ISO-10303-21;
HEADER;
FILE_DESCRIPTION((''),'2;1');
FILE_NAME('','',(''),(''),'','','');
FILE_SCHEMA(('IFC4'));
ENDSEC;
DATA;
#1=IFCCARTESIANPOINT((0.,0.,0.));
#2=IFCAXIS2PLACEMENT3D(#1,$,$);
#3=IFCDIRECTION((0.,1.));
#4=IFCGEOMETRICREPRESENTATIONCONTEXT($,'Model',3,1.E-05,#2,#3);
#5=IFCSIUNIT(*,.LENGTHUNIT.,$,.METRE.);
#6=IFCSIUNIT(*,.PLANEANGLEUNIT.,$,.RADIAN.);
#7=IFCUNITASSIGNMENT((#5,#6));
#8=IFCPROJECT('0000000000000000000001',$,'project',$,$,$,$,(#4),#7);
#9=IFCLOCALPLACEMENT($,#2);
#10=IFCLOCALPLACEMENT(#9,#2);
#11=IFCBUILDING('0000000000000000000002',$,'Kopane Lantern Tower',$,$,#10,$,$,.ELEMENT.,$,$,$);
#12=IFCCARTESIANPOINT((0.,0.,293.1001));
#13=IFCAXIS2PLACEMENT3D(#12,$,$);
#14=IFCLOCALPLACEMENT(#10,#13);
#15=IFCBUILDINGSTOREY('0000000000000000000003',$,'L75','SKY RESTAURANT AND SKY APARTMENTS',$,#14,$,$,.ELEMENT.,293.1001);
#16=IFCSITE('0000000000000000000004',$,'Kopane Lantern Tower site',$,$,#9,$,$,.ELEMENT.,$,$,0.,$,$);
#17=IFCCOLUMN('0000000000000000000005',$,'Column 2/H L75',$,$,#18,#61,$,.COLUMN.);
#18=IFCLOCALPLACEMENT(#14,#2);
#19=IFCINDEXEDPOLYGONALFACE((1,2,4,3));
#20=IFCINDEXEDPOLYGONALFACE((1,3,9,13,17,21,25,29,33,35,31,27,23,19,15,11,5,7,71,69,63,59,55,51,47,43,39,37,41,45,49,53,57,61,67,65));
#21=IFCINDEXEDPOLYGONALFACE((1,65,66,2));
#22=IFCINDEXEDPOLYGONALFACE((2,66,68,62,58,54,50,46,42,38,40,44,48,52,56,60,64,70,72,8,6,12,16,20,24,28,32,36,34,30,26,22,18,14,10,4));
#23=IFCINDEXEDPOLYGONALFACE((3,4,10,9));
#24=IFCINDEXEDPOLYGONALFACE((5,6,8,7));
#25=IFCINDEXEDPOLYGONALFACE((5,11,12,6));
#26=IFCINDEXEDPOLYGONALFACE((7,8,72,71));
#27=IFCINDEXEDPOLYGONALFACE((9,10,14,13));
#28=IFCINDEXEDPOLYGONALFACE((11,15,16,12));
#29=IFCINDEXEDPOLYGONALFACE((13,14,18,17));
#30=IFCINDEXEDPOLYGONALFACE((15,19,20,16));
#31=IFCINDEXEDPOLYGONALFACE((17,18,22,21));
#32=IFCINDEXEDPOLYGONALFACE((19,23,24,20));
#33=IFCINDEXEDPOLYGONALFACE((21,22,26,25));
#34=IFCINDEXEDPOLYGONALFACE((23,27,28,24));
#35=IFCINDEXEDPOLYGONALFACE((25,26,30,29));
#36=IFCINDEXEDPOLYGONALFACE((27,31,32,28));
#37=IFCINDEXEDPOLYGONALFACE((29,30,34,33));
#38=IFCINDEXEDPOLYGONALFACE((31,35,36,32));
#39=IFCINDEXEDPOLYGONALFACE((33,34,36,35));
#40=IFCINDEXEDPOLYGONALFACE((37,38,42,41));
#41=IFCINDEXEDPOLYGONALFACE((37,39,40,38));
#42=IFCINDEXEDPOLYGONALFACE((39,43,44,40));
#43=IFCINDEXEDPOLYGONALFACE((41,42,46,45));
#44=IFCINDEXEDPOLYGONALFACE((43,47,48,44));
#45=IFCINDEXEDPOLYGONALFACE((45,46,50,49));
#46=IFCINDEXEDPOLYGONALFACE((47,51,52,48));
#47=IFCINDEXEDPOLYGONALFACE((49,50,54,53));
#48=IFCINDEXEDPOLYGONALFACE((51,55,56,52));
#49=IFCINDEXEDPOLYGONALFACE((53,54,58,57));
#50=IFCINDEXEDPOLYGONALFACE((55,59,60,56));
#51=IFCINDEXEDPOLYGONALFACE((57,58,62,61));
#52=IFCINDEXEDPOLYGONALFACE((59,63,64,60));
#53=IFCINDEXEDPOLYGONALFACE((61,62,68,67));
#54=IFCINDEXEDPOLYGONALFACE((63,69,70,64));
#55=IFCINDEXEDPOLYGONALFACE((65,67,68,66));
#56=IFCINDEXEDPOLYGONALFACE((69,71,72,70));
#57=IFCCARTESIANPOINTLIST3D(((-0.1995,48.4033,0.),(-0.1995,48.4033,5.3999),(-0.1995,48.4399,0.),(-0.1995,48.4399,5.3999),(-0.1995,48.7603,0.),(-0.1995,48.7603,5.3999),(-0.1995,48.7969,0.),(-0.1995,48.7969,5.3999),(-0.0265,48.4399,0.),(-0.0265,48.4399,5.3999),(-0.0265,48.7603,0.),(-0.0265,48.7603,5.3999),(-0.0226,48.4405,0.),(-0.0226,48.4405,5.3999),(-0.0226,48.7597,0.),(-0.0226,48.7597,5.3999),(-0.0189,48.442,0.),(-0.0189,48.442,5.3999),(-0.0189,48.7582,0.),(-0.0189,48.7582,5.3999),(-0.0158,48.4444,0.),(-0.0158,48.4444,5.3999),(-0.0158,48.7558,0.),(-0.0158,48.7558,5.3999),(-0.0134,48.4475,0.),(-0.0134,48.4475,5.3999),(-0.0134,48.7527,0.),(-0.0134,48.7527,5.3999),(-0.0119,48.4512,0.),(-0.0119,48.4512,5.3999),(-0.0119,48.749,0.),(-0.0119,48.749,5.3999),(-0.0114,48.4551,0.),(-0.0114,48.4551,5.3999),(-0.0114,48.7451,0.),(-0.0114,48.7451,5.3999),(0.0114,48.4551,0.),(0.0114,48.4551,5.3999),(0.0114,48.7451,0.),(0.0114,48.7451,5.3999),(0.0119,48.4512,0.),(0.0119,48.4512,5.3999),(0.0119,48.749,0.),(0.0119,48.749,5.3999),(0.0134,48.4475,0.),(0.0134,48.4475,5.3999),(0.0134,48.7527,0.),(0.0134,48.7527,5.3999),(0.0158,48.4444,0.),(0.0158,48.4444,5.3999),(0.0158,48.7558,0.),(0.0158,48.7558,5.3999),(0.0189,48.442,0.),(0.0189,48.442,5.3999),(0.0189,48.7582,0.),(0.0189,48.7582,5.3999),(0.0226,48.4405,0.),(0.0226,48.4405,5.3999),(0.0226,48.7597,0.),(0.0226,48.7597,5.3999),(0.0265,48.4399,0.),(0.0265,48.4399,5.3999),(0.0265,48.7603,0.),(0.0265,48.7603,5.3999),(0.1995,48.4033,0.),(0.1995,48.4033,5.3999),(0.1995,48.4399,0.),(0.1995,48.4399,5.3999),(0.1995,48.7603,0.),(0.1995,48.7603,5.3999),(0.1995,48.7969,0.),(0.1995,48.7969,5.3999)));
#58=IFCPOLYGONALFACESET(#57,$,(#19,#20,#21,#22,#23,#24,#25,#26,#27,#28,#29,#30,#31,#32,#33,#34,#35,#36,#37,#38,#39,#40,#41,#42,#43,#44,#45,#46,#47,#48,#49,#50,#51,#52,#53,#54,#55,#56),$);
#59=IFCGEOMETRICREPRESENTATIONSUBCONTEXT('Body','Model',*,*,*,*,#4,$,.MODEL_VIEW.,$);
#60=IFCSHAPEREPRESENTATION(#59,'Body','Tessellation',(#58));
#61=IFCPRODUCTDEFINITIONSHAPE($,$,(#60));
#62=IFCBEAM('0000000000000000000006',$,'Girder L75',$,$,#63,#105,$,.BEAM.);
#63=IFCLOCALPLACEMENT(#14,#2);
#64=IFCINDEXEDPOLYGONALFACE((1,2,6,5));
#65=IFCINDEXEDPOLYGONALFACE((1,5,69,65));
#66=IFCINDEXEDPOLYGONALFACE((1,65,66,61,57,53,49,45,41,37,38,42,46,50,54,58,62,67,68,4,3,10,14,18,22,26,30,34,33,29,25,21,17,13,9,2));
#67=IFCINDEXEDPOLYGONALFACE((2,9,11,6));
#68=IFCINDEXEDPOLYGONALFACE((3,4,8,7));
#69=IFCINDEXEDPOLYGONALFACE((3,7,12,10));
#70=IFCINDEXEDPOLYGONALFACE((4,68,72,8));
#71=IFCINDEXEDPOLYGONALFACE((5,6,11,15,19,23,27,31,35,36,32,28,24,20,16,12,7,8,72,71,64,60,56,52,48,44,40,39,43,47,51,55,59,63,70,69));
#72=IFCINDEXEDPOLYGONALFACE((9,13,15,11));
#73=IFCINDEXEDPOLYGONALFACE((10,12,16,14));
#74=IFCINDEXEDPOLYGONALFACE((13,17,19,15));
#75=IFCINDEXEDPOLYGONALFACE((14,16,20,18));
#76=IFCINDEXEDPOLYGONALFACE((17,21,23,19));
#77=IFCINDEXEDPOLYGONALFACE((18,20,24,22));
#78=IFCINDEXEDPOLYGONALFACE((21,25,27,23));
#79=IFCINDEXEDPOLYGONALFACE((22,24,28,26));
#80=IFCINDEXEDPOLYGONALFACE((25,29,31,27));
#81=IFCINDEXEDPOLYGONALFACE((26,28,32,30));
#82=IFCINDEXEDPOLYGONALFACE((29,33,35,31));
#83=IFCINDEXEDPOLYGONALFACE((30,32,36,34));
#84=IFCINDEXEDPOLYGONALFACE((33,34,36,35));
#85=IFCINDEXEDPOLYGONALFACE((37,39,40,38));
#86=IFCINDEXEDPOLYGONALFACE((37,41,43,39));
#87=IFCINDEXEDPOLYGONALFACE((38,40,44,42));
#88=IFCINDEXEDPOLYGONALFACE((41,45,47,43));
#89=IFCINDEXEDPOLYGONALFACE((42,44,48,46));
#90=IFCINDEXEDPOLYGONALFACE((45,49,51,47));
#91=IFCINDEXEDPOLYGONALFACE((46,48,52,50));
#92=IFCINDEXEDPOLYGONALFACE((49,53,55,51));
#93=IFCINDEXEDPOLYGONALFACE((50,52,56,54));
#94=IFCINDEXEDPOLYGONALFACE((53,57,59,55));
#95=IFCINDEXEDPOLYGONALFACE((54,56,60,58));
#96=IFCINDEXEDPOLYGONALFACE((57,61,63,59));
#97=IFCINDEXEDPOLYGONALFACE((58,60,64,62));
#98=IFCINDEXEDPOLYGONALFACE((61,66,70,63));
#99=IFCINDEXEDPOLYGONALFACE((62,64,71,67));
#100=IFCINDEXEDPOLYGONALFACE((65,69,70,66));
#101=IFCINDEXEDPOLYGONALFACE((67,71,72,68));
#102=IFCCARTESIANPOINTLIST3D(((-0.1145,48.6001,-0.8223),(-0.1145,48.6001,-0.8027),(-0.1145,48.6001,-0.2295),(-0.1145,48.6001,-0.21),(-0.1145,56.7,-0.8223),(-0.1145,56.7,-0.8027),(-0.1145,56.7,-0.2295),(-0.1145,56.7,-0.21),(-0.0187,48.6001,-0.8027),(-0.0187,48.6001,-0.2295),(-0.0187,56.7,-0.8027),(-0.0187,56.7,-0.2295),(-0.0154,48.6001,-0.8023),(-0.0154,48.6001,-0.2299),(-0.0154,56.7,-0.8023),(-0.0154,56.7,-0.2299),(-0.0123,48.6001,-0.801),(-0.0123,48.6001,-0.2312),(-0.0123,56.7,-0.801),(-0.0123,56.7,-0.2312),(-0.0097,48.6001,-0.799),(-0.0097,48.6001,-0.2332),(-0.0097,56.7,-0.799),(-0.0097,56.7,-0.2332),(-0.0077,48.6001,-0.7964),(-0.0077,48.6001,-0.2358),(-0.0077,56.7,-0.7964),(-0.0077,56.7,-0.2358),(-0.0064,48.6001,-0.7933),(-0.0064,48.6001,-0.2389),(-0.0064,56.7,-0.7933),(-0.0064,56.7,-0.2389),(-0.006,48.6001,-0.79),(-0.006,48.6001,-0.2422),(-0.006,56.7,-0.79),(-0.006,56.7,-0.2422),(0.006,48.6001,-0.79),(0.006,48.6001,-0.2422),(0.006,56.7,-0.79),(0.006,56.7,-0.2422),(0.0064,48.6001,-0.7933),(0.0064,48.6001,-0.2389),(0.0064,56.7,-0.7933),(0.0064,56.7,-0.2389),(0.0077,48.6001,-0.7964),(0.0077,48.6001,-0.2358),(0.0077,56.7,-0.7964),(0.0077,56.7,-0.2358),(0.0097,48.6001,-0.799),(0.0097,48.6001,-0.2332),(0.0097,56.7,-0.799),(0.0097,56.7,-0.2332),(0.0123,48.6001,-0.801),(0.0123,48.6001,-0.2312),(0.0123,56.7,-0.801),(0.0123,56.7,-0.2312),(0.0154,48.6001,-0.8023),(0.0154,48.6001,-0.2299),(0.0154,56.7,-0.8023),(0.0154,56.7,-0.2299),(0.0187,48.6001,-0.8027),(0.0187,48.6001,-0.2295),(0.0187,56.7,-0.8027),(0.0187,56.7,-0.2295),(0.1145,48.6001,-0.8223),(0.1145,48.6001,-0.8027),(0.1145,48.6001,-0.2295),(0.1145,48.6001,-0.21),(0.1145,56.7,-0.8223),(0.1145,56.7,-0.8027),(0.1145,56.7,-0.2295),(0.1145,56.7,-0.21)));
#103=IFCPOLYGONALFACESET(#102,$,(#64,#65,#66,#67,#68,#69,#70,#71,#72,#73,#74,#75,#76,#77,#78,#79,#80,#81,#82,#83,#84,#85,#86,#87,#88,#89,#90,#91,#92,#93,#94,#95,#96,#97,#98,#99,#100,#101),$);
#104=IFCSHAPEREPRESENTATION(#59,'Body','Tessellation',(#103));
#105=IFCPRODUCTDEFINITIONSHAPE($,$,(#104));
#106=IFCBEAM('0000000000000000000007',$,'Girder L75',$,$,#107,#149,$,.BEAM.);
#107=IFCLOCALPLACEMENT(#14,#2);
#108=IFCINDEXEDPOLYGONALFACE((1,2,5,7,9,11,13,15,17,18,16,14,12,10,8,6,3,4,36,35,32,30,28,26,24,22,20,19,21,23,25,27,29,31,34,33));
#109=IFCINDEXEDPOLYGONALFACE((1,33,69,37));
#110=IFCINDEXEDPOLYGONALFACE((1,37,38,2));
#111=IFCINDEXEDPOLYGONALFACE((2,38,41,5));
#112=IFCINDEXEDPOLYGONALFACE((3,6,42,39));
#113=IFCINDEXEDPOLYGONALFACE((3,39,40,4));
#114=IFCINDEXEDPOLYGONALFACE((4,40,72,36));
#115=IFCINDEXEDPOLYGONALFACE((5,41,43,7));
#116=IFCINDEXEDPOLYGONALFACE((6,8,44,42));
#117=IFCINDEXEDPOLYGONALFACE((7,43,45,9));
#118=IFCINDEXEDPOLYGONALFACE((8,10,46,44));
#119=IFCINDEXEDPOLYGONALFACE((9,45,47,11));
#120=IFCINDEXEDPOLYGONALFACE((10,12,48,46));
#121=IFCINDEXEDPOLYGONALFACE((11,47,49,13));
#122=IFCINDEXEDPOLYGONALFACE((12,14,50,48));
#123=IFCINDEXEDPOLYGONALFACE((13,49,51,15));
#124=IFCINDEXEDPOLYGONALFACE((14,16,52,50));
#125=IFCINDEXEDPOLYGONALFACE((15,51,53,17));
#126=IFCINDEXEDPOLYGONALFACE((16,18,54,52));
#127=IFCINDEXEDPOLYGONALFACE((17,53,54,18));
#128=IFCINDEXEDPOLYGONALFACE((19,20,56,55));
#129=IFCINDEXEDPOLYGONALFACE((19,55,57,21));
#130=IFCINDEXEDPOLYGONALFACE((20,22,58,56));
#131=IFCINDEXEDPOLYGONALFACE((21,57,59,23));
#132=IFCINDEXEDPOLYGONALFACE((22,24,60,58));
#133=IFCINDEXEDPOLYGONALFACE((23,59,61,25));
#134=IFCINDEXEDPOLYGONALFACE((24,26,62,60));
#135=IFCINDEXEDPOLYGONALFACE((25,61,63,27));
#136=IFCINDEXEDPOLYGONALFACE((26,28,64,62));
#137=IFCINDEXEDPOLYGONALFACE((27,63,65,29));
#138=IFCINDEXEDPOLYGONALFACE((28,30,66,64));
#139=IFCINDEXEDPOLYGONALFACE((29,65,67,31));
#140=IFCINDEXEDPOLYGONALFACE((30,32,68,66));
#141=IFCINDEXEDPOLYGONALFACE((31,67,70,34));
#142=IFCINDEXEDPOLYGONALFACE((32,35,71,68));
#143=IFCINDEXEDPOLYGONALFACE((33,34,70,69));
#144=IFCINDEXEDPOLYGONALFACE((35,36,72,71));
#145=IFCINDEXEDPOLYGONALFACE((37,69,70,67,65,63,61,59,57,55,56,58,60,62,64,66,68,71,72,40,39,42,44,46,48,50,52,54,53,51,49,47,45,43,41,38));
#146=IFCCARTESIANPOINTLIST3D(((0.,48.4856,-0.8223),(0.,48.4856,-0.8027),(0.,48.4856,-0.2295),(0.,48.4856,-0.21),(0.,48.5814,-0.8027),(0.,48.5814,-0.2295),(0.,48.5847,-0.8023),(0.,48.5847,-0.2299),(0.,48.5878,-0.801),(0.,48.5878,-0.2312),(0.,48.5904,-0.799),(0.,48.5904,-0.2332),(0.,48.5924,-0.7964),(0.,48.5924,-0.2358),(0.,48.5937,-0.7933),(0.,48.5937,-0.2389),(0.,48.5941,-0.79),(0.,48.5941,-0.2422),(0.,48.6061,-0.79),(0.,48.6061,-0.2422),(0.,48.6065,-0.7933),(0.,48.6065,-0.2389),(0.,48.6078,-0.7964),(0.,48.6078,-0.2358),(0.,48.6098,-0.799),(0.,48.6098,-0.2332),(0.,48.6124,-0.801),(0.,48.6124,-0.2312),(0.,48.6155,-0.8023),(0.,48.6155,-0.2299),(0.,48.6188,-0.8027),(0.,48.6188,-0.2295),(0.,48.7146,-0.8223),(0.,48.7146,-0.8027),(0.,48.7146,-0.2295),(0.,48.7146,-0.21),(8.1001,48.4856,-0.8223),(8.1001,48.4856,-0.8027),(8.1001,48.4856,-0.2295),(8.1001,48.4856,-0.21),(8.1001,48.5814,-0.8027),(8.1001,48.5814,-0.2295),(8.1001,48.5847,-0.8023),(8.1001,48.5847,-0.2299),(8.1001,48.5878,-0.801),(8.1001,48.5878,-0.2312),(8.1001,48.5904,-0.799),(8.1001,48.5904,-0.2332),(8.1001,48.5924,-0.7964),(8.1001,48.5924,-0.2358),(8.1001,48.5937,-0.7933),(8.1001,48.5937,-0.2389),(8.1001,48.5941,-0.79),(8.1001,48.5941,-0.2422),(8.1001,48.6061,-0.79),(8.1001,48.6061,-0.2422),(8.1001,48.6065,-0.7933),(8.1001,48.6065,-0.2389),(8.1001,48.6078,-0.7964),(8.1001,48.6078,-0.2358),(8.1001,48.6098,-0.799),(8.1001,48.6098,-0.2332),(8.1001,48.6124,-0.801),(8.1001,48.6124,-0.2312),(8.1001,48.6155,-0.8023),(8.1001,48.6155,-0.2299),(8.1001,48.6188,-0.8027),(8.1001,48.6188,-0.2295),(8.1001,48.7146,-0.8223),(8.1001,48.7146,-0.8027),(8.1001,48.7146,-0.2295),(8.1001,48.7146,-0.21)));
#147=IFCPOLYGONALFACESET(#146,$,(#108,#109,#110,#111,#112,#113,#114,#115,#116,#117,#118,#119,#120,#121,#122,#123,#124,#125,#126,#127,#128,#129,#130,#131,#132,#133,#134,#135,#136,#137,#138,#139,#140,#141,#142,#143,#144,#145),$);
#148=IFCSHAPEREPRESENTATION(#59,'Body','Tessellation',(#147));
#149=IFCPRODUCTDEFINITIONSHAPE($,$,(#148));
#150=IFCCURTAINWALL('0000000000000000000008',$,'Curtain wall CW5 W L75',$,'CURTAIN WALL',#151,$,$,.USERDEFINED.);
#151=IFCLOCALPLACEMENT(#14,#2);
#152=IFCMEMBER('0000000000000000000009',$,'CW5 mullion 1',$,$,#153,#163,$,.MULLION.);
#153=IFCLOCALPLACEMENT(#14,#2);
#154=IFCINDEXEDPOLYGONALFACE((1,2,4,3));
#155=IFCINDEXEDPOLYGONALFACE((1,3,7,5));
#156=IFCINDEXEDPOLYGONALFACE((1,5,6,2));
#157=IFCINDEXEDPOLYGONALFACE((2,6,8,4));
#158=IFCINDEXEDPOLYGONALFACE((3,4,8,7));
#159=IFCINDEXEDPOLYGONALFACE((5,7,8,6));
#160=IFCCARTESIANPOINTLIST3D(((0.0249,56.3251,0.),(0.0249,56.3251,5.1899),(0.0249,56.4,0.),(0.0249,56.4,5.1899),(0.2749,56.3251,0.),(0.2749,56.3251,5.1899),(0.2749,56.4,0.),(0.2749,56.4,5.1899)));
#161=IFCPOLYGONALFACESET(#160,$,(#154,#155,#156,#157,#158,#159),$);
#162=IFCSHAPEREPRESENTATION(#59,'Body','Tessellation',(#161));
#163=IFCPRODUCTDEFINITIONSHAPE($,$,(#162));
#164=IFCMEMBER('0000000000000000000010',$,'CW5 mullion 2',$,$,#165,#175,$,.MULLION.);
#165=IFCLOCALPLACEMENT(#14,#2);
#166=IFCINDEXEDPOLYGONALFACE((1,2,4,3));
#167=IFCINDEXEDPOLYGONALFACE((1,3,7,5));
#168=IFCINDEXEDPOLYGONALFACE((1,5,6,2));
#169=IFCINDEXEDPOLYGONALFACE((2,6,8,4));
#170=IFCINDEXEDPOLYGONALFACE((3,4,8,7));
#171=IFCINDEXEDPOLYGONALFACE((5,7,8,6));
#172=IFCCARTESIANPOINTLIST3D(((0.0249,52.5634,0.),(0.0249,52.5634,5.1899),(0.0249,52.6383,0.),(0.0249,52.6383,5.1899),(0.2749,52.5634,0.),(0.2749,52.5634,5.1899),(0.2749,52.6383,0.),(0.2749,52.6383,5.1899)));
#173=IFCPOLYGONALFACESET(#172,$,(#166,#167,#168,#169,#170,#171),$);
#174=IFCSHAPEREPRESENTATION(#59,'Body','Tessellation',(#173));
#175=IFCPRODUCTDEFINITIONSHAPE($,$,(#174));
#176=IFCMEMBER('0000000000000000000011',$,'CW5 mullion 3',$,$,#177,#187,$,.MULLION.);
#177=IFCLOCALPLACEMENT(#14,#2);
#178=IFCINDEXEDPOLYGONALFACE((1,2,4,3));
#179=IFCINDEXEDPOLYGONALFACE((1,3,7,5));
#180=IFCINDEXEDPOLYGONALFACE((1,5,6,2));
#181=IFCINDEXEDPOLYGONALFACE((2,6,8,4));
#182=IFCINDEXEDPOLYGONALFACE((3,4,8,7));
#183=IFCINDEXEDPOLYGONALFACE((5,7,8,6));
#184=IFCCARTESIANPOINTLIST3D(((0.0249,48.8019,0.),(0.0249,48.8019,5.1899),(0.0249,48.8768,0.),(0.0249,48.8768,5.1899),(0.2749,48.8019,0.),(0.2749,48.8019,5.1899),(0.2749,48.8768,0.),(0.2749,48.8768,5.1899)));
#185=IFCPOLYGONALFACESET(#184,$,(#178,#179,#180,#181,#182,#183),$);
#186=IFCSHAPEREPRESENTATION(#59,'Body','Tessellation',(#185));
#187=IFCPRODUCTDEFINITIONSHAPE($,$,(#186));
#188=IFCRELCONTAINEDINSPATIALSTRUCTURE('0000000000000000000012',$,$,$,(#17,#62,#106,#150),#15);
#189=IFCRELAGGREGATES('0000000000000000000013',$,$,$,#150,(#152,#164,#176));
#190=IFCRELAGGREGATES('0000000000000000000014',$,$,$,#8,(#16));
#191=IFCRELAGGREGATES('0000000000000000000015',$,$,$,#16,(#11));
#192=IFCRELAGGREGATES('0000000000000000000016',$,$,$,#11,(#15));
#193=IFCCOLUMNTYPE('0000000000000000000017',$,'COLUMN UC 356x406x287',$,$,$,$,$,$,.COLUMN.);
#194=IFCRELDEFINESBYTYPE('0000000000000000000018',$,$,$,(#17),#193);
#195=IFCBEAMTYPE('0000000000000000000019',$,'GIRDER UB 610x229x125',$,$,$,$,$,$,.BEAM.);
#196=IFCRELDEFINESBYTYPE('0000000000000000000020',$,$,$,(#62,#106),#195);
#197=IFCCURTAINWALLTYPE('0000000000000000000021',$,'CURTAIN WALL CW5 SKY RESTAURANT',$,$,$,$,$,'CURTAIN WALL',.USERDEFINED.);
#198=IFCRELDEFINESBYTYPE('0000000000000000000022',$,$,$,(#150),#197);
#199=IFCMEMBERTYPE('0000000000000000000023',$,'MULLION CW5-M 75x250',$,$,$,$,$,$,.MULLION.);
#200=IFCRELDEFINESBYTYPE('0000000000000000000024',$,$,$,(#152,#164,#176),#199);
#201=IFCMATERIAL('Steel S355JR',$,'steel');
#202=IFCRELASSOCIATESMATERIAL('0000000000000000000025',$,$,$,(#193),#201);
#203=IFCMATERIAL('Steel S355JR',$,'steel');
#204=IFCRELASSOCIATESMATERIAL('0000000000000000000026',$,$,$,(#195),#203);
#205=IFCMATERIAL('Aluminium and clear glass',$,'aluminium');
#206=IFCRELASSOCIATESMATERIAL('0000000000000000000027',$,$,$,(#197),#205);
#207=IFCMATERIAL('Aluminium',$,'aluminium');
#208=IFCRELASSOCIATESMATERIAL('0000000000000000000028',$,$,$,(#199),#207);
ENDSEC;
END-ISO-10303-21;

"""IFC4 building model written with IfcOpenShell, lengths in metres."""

from ifc_helpers import new_model, si_unit, direction, frame, origin, origin_2d, place, context, subcontext, project, spatial, rectangle, i_section, extrude, material, material_profile, profile_set, type_object, element, aggregate, save


model = new_model("IFC4")

# Units and contexts
model_context = context("Model", 3, precision=1e-05, world=origin(), true_north=direction((0.0, 1.0)))
body_context = subcontext(model_context, "Body", "Model", "MODEL_VIEW")
ifc_project = project(units=[si_unit("LENGTHUNIT", "METRE"), si_unit("PLANEANGLEUNIT", "RADIAN")], contexts=[model_context])

# Site, building, storey
site_placement = place(None, origin())
site = spatial("IfcSite", under=ifc_project, at=site_placement, Name="Kopane Lantern Tower site", CompositionType="ELEMENT", RefElevation=0.0)
building_placement = place(site_placement, origin())
building = spatial("IfcBuilding", under=site, at=building_placement, Name="Kopane Lantern Tower", CompositionType="ELEMENT")
storey_placement = place(building_placement, frame((0.0, 0.0, 293.1001)))
storey = spatial("IfcBuildingStorey", under=building, at=storey_placement, Name="L75", Description="SKY RESTAURANT AND SKY APARTMENTS", CompositionType="ELEMENT", Elevation=293.1001)

# Column
ifc_material_1 = material(Name="Steel S355JR", Category="steel")
ifc_material_profile_1 = material_profile(ifc_material_1, i_section(OverallWidth=0.3989, OverallDepth=0.3936, WebThickness=0.0227, FlangeThickness=0.0366, FilletRadius=0.0151, at=origin_2d()), Name="UC 356x406x287")
ifc_profile_set_1 = profile_set([ifc_material_profile_1], Name="Steel S355JR")
column_type = type_object("IfcColumnType", Name="COLUMN UC 356x406x287", PredefinedType="COLUMN", material=ifc_profile_set_1)
column_placement = place(storey_placement, frame((0.0, 48.6001, 0.0), z_axis=(0.0, 0.0, 1.0), x_axis=(1.0, 0.0, 0.0)))
element("IfcColumn", 1, at=column_placement, inside=storey, type_object=column_type, Name="Column 2/H L75", PredefinedType="COLUMN", context=body_context, shape_type="SweptSolid", body=[
    extrude(i_section(OverallWidth=0.3989, OverallDepth=0.3936, WebThickness=0.0227, FlangeThickness=0.0366, FilletRadius=0.0151, at=origin_2d()), origin(), (0.0, 0.0, 1.0), 5.3999),
])

# Beams
ifc_material_2 = material(Name="Steel S355JR", Category="steel")
ifc_material_profile_2 = material_profile(ifc_material_2, i_section(OverallWidth=0.229, OverallDepth=0.6123, WebThickness=0.012, FlangeThickness=0.0195, FilletRadius=0.0127, at=origin_2d()), Name="UB 610x229x125")
ifc_profile_set_2 = profile_set([ifc_material_profile_2], Name="Steel S355JR")
beam_type = type_object("IfcBeamType", Name="GIRDER UB 610x229x125", PredefinedType="BEAM", material=ifc_profile_set_2)
beam_1_placement = place(storey_placement, frame((0.0, 48.6001, -0.5161), z_axis=(0.0, 1.0, 0.0), x_axis=(-1.0, 0.0, 0.0)))
element("IfcBeam", 2, at=beam_1_placement, inside=storey, type_object=beam_type, Name="Girder L75", PredefinedType="BEAM", context=body_context, shape_type="SweptSolid", body=[
    extrude(i_section(OverallWidth=0.229, OverallDepth=0.6123, WebThickness=0.012, FlangeThickness=0.0195, FilletRadius=0.0127, at=origin_2d()), origin(), (0.0, 0.0, 1.0), 8.0999),
])
beam_2_placement = place(storey_placement, frame((0.0, 48.6001, -0.5161), z_axis=(1.0, 0.0, 0.0), x_axis=(0.0, 1.0, 0.0)))
element("IfcBeam", 3, at=beam_2_placement, inside=storey, type_object=beam_type, Name="Girder L75", PredefinedType="BEAM", context=body_context, shape_type="SweptSolid", body=[
    extrude(i_section(OverallWidth=0.229, OverallDepth=0.6123, WebThickness=0.012, FlangeThickness=0.0195, FilletRadius=0.0127, at=origin_2d()), origin(), (0.0, 0.0, 1.0), 8.1001),
])

# Curtain wall, members
ifc_material_3 = material(Name="Aluminium and clear glass", Category="aluminium")
curtain_wall_type = type_object("IfcCurtainWallType", Name="CURTAIN WALL CW5 SKY RESTAURANT", ElementType="CURTAIN WALL", PredefinedType="USERDEFINED", material=ifc_material_3)
curtain_wall_1_placement = place(storey_placement, origin())
curtain_wall_1 = element("IfcCurtainWall", 4, at=curtain_wall_1_placement, inside=storey, type_object=curtain_wall_type, Name="Curtain wall CW5 W L75", ObjectType="CURTAIN WALL", PredefinedType="USERDEFINED")
ifc_material_4 = material(Name="Aluminium", Category="aluminium")
ifc_material_profile_3 = material_profile(ifc_material_4, rectangle(XDim=0.075, YDim=0.25, at=origin_2d()), Name="AL 75x250")
ifc_profile_set_3 = profile_set([ifc_material_profile_3], Name="Aluminium")
member_type_1 = type_object("IfcMemberType", Name="MULLION CW5-M 75x250", PredefinedType="MULLION", material=ifc_profile_set_3)
member_1_placement = place(storey_placement, frame((0.1499, 56.3625, 0.0), z_axis=(0.0, 0.0, 1.0), x_axis=(0.0, -1.0, 0.0)))
member_1 = element("IfcMember", 5, at=member_1_placement, type_object=member_type_1, Name="CW5 mullion 1", PredefinedType="MULLION", context=body_context, shape_type="SweptSolid", body=[
    extrude(rectangle(XDim=0.075, YDim=0.25, at=origin_2d()), origin(), (0.0, 0.0, 1.0), 5.1899),
])
member_2_placement = place(storey_placement, frame((0.1499, 52.6008, 0.0), z_axis=(0.0, 0.0, 1.0), x_axis=(0.0, -1.0, 0.0)))
member_2 = element("IfcMember", 6, at=member_2_placement, type_object=member_type_1, Name="CW5 mullion 2", PredefinedType="MULLION", context=body_context, shape_type="SweptSolid", body=[
    extrude(rectangle(XDim=0.075, YDim=0.25, at=origin_2d()), origin(), (0.0, 0.0, 1.0), 5.1899),
])
member_3_placement = place(storey_placement, frame((0.1499, 48.8394, 0.0), z_axis=(0.0, 0.0, 1.0), x_axis=(0.0, -1.0, 0.0)))
member_3 = element("IfcMember", 7, at=member_3_placement, type_object=member_type_1, Name="CW5 mullion 3", PredefinedType="MULLION", context=body_context, shape_type="SweptSolid", body=[
    extrude(rectangle(XDim=0.075, YDim=0.25, at=origin_2d()), origin(), (0.0, 0.0, 1.0), 5.1899),
])

aggregate(curtain_wall_1, [member_1, member_2, member_3])

save(model, "model.ifc")
